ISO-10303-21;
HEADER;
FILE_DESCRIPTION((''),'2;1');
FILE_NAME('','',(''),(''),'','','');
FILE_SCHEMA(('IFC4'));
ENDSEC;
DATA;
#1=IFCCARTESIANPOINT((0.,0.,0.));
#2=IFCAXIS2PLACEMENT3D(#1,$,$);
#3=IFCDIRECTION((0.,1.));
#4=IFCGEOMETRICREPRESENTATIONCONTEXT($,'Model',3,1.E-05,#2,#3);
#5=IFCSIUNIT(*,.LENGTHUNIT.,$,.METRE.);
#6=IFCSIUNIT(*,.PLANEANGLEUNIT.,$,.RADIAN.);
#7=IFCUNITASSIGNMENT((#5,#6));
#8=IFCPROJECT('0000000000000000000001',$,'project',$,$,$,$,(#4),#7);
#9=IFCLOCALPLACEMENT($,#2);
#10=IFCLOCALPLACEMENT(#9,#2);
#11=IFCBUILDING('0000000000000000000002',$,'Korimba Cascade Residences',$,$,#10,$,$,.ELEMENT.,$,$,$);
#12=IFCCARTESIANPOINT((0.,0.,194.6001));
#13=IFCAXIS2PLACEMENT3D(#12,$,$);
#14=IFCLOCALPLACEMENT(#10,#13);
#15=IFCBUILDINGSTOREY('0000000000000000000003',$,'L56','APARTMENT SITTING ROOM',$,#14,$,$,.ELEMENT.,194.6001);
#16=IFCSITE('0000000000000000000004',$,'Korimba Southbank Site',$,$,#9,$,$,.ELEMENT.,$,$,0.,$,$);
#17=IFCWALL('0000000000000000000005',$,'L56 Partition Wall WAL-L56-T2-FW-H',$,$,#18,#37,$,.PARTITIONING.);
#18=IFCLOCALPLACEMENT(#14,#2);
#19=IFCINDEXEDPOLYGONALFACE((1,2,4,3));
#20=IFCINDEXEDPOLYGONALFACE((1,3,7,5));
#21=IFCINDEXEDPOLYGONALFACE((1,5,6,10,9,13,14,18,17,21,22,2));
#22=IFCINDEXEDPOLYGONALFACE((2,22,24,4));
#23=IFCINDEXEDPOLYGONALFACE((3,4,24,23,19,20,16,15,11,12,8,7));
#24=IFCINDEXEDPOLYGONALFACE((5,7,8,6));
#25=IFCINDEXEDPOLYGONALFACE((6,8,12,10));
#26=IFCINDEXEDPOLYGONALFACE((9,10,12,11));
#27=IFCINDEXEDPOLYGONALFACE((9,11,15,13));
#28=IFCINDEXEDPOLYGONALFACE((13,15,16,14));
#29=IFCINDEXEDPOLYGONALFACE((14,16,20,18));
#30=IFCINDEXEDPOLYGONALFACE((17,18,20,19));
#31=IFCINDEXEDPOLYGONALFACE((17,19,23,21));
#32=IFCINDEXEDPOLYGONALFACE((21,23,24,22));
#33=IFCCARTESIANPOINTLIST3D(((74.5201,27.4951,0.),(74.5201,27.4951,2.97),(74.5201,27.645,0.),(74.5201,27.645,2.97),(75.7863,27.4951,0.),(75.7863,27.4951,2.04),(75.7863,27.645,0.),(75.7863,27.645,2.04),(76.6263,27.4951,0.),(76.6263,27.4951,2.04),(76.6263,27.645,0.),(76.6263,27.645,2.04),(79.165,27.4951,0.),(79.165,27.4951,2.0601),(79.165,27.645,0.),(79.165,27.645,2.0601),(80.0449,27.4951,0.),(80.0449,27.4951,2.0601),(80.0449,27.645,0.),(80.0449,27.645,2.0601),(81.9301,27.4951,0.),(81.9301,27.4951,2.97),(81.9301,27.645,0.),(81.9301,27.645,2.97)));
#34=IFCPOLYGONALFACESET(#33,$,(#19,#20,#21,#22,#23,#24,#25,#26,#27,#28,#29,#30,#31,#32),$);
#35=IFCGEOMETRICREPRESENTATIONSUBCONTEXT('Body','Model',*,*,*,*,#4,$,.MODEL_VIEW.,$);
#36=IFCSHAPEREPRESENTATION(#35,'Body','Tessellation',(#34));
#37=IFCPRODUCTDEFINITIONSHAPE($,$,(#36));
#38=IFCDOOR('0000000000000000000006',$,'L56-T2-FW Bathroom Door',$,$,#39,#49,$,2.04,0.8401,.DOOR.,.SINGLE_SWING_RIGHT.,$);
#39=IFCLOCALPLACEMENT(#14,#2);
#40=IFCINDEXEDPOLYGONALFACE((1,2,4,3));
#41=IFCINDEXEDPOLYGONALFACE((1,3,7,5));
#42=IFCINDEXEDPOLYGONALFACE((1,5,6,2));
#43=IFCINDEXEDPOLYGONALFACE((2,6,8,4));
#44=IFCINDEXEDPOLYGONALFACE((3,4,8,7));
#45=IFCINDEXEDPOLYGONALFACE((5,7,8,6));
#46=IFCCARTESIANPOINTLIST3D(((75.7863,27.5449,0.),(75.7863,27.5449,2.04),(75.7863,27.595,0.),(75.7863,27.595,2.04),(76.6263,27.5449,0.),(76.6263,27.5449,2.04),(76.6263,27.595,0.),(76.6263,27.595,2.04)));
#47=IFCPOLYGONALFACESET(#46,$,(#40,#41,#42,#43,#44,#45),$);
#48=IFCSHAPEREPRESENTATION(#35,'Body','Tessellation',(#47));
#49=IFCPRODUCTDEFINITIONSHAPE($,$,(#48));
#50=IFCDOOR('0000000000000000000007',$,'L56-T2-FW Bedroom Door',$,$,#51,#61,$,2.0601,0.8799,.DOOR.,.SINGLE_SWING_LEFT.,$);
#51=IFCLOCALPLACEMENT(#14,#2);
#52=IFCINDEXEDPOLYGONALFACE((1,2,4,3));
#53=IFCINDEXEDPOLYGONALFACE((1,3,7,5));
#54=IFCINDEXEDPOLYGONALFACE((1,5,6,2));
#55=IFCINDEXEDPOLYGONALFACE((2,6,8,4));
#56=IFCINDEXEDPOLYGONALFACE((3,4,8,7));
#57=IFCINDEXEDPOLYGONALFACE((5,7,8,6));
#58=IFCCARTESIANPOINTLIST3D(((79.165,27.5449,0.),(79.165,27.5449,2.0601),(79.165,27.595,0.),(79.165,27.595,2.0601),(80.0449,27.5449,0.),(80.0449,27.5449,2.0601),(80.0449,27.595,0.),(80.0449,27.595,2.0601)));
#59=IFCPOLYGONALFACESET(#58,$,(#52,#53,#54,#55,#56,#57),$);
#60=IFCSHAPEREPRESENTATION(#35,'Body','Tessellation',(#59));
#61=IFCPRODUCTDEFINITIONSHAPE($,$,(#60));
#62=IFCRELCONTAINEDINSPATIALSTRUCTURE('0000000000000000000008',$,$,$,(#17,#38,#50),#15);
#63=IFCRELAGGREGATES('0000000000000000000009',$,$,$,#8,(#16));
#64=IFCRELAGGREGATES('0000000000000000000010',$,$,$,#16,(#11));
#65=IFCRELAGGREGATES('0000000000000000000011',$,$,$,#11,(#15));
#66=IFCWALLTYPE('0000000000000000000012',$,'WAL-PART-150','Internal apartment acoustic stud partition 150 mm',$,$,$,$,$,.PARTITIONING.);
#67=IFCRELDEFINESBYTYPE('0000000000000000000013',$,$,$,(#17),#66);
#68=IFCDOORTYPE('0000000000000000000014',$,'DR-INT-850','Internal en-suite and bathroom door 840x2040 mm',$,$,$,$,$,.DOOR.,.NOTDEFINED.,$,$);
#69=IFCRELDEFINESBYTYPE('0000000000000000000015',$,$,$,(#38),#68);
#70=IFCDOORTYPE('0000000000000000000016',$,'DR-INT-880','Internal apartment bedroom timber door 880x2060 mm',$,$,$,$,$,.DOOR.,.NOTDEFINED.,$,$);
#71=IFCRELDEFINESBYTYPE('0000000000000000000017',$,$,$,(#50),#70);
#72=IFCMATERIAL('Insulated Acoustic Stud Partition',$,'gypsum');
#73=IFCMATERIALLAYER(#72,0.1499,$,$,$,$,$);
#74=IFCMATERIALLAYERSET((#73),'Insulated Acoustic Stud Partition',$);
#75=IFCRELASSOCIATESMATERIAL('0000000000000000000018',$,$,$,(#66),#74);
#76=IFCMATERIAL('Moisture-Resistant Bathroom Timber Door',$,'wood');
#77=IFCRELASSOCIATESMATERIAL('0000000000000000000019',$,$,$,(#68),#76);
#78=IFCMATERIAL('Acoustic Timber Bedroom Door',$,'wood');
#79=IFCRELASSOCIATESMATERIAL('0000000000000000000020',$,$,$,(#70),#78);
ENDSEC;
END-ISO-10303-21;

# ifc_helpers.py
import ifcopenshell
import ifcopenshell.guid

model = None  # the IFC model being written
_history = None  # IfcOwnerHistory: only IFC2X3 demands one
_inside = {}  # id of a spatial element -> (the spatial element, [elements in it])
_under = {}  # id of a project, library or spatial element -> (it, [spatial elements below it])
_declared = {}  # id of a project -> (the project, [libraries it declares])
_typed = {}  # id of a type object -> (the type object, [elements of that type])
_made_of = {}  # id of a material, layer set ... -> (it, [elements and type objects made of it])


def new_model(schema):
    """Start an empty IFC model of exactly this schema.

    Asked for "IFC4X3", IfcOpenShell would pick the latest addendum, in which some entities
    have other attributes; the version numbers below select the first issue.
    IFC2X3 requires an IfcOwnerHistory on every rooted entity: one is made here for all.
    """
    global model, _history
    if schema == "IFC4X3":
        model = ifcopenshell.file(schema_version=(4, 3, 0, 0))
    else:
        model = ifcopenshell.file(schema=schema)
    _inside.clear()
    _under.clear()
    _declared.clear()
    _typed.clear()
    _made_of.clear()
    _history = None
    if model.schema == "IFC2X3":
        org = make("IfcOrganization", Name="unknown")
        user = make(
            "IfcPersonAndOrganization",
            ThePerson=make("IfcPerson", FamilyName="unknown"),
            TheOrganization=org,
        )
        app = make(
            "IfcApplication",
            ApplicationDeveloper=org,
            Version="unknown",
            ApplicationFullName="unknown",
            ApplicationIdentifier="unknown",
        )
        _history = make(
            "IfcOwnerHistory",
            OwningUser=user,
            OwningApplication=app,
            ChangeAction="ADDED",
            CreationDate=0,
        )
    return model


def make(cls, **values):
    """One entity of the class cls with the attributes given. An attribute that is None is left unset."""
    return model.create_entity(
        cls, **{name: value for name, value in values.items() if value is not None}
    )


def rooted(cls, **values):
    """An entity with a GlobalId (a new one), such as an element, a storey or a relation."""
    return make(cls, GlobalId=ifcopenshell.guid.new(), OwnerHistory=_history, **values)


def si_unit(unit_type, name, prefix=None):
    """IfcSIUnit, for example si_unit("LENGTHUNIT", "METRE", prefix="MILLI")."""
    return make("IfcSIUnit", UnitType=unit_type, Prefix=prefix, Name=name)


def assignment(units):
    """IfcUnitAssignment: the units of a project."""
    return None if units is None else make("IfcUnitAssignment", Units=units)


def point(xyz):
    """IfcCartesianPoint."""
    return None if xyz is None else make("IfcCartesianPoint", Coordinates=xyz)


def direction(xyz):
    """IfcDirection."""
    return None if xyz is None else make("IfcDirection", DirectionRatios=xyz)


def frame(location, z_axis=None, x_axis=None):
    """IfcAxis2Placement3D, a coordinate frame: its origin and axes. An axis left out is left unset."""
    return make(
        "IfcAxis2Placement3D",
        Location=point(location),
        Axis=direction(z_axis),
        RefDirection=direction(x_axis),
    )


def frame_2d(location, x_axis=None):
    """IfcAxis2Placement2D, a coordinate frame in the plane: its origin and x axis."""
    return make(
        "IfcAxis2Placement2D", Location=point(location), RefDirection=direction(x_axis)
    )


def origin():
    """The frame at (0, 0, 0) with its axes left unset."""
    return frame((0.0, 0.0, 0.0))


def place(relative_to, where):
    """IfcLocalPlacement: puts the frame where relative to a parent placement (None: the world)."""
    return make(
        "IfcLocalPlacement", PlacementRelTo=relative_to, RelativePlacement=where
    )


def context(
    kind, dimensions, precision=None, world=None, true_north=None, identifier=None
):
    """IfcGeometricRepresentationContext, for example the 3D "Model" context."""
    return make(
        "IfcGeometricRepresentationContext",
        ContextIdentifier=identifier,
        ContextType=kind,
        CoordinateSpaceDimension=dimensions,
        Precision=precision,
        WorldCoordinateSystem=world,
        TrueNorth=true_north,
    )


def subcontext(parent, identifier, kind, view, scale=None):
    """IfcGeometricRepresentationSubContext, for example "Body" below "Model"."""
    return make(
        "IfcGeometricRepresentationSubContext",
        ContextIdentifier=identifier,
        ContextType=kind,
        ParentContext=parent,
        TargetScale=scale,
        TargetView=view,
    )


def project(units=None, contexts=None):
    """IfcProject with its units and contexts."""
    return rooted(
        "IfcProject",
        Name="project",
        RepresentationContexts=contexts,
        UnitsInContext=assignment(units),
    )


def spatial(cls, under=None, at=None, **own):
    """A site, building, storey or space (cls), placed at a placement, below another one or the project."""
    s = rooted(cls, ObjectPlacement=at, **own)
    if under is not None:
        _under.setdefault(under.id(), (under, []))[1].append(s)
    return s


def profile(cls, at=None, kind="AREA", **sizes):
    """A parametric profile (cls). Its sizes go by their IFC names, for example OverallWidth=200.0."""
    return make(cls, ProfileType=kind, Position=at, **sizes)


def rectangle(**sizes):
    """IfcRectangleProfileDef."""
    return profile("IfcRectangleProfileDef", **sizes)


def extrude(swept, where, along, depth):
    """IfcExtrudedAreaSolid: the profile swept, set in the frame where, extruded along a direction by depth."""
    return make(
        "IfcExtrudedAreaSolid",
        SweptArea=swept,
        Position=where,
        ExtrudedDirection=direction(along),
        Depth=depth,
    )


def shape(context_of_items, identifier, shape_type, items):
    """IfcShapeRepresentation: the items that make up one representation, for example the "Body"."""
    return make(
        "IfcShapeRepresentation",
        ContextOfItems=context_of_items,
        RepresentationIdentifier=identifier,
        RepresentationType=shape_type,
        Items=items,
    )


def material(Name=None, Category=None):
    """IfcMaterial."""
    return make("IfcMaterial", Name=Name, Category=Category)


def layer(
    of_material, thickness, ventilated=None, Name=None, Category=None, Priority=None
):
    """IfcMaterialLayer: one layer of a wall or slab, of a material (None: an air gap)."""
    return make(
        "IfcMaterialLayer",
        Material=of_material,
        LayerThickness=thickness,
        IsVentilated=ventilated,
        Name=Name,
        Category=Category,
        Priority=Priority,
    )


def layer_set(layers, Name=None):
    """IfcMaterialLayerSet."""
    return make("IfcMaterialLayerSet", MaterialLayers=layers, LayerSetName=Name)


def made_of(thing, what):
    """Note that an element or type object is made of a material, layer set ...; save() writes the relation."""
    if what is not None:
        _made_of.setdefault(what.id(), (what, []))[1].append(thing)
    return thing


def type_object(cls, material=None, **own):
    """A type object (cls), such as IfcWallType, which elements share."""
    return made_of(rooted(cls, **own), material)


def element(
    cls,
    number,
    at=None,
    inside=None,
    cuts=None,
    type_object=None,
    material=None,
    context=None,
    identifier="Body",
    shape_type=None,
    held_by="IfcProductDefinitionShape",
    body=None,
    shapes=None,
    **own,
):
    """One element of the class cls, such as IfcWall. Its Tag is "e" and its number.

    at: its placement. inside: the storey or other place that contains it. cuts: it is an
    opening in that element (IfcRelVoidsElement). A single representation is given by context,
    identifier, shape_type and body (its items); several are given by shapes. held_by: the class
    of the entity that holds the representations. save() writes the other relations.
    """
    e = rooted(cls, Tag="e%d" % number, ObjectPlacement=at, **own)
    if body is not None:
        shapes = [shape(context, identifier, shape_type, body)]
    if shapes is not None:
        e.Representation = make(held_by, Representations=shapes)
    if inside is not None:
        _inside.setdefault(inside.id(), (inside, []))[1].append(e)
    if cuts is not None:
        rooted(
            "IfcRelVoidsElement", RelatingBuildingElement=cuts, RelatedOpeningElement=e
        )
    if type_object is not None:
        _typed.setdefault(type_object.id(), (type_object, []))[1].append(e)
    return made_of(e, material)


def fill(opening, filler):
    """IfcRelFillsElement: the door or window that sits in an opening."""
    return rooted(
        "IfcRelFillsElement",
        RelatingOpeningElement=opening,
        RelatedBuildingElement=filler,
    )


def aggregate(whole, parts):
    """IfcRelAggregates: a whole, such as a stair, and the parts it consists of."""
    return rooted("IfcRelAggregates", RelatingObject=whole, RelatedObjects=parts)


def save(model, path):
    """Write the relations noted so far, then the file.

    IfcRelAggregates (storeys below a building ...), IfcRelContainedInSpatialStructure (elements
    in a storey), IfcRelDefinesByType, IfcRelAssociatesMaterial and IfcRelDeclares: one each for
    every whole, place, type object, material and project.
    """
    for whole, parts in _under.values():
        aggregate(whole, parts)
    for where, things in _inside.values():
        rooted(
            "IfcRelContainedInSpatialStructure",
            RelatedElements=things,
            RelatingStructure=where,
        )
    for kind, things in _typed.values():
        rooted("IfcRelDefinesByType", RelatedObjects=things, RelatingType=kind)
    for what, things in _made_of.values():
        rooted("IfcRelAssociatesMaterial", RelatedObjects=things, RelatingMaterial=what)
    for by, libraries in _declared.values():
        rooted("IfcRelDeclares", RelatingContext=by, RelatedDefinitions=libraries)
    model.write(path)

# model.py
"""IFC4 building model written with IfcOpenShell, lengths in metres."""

from ifc_helpers import new_model, si_unit, direction, frame, frame_2d, origin, place, context, subcontext, project, spatial, rectangle, extrude, material, layer, layer_set, type_object, element, fill, save


model = new_model("IFC4")

# Units and contexts
model_context = context("Model", 3, precision=1e-05, world=origin(), true_north=direction((0.0, 1.0)))
body_context = subcontext(model_context, "Body", "Model", "MODEL_VIEW")
ifc_project = project(units=[si_unit("LENGTHUNIT", "METRE"), si_unit("PLANEANGLEUNIT", "RADIAN")], contexts=[model_context])

# Site, building, storey
site_placement = place(None, origin())
site = spatial("IfcSite", under=ifc_project, at=site_placement, Name="Korimba Southbank Site", CompositionType="ELEMENT", RefElevation=0.0)
building_placement = place(site_placement, origin())
building = spatial("IfcBuilding", under=site, at=building_placement, Name="Korimba Cascade Residences", CompositionType="ELEMENT")
storey_placement = place(building_placement, frame((0.0, 0.0, 194.6001)))
storey = spatial("IfcBuildingStorey", under=building, at=storey_placement, Name="L56", Description="APARTMENT SITTING ROOM", CompositionType="ELEMENT", Elevation=194.6001)

# Shared definitions
ifc_material_1 = material(Name="Insulated Acoustic Stud Partition", Category="gypsum")
ifc_layer_1 = layer(ifc_material_1, 0.1499)
ifc_layer_set_1 = layer_set([ifc_layer_1], Name="Insulated Acoustic Stud Partition")
wall_type_1 = type_object("IfcWallType", Name="WAL-PART-150", Description="Internal apartment acoustic stud partition 150 mm", PredefinedType="PARTITIONING", material=ifc_layer_set_1)

# Wall, openings, doors
wall_1_placement = place(storey_placement, frame((74.52, 27.5701, 0.0), z_axis=(0.0, 0.0, 1.0), x_axis=(1.0, 0.0, 0.0)))
wall_1 = element("IfcWall", 1, at=wall_1_placement, inside=storey, type_object=wall_type_1, Name="L56 Partition Wall WAL-L56-T2-FW-H", PredefinedType="PARTITIONING", context=body_context, shape_type="SweptSolid", body=[
    extrude(rectangle(XDim=7.4099, YDim=0.1499, at=frame_2d((3.7051, 0.0))), origin(), (0.0, 0.0, 1.0), 2.97),
])
opening_1_placement = place(wall_1_placement, frame((1.2664, 0.0, 0.0)))
opening_1 = element("IfcOpeningElement", 2, at=opening_1_placement, cuts=wall_1, PredefinedType="OPENING", context=body_context, shape_type="SweptSolid", body=[
    extrude(rectangle(XDim=0.8401, YDim=2.04, at=frame_2d((0.4199, 1.02))), frame((0.0, 0.085, 0.0), z_axis=(0.0, -1.0, 0.0), x_axis=(1.0, 0.0, 0.0)), (0.0, 0.0, 1.0), 0.1699),
])
opening_2_placement = place(wall_1_placement, frame((4.645, 0.0, 0.0)))
opening_2 = element("IfcOpeningElement", 3, at=opening_2_placement, cuts=wall_1, PredefinedType="OPENING", context=body_context, shape_type="SweptSolid", body=[
    extrude(rectangle(XDim=0.8799, YDim=2.0601, at=frame_2d((0.4399, 1.03))), frame((0.0, 0.085, 0.0), z_axis=(0.0, -1.0, 0.0), x_axis=(1.0, 0.0, 0.0)), (0.0, 0.0, 1.0), 0.1699),
])
ifc_material_2 = material(Name="Moisture-Resistant Bathroom Timber Door", Category="wood")
door_type_1 = type_object("IfcDoorType", Name="DR-INT-850", Description="Internal en-suite and bathroom door 840x2040 mm", OperationType="NOTDEFINED", PredefinedType="DOOR", material=ifc_material_2)
door_1_placement = place(opening_1_placement, origin())
door_1 = element("IfcDoor", 4, at=door_1_placement, inside=storey, type_object=door_type_1, Name="L56-T2-FW Bathroom Door", OperationType="SINGLE_SWING_RIGHT", OverallHeight=2.04, OverallWidth=0.8401, PredefinedType="DOOR", context=body_context, shape_type="SweptSolid", body=[
    extrude(rectangle(XDim=0.8401, YDim=2.04, at=frame_2d((0.4199, 1.02))), frame((0.0, 0.0249, 0.0), z_axis=(0.0, -1.0, 0.0), x_axis=(1.0, 0.0, 0.0)), (0.0, 0.0, 1.0), 0.05),
])
fill(opening_1, door_1)
ifc_material_3 = material(Name="Acoustic Timber Bedroom Door", Category="wood")
door_type_2 = type_object("IfcDoorType", Name="DR-INT-880", Description="Internal apartment bedroom timber door 880x2060 mm", OperationType="NOTDEFINED", PredefinedType="DOOR", material=ifc_material_3)
door_2_placement = place(opening_2_placement, origin())
door_2 = element("IfcDoor", 5, at=door_2_placement, inside=storey, type_object=door_type_2, Name="L56-T2-FW Bedroom Door", OperationType="SINGLE_SWING_LEFT", OverallHeight=2.0601, OverallWidth=0.8799, PredefinedType="DOOR", context=body_context, shape_type="SweptSolid", body=[
    extrude(rectangle(XDim=0.8799, YDim=2.0601, at=frame_2d((0.4399, 1.03))), frame((0.0, 0.0249, 0.0), z_axis=(0.0, -1.0, 0.0), x_axis=(1.0, 0.0, 0.0)), (0.0, 0.0, 1.0), 0.05),
])
fill(opening_2, door_2)

save(model, "model.ifc")
